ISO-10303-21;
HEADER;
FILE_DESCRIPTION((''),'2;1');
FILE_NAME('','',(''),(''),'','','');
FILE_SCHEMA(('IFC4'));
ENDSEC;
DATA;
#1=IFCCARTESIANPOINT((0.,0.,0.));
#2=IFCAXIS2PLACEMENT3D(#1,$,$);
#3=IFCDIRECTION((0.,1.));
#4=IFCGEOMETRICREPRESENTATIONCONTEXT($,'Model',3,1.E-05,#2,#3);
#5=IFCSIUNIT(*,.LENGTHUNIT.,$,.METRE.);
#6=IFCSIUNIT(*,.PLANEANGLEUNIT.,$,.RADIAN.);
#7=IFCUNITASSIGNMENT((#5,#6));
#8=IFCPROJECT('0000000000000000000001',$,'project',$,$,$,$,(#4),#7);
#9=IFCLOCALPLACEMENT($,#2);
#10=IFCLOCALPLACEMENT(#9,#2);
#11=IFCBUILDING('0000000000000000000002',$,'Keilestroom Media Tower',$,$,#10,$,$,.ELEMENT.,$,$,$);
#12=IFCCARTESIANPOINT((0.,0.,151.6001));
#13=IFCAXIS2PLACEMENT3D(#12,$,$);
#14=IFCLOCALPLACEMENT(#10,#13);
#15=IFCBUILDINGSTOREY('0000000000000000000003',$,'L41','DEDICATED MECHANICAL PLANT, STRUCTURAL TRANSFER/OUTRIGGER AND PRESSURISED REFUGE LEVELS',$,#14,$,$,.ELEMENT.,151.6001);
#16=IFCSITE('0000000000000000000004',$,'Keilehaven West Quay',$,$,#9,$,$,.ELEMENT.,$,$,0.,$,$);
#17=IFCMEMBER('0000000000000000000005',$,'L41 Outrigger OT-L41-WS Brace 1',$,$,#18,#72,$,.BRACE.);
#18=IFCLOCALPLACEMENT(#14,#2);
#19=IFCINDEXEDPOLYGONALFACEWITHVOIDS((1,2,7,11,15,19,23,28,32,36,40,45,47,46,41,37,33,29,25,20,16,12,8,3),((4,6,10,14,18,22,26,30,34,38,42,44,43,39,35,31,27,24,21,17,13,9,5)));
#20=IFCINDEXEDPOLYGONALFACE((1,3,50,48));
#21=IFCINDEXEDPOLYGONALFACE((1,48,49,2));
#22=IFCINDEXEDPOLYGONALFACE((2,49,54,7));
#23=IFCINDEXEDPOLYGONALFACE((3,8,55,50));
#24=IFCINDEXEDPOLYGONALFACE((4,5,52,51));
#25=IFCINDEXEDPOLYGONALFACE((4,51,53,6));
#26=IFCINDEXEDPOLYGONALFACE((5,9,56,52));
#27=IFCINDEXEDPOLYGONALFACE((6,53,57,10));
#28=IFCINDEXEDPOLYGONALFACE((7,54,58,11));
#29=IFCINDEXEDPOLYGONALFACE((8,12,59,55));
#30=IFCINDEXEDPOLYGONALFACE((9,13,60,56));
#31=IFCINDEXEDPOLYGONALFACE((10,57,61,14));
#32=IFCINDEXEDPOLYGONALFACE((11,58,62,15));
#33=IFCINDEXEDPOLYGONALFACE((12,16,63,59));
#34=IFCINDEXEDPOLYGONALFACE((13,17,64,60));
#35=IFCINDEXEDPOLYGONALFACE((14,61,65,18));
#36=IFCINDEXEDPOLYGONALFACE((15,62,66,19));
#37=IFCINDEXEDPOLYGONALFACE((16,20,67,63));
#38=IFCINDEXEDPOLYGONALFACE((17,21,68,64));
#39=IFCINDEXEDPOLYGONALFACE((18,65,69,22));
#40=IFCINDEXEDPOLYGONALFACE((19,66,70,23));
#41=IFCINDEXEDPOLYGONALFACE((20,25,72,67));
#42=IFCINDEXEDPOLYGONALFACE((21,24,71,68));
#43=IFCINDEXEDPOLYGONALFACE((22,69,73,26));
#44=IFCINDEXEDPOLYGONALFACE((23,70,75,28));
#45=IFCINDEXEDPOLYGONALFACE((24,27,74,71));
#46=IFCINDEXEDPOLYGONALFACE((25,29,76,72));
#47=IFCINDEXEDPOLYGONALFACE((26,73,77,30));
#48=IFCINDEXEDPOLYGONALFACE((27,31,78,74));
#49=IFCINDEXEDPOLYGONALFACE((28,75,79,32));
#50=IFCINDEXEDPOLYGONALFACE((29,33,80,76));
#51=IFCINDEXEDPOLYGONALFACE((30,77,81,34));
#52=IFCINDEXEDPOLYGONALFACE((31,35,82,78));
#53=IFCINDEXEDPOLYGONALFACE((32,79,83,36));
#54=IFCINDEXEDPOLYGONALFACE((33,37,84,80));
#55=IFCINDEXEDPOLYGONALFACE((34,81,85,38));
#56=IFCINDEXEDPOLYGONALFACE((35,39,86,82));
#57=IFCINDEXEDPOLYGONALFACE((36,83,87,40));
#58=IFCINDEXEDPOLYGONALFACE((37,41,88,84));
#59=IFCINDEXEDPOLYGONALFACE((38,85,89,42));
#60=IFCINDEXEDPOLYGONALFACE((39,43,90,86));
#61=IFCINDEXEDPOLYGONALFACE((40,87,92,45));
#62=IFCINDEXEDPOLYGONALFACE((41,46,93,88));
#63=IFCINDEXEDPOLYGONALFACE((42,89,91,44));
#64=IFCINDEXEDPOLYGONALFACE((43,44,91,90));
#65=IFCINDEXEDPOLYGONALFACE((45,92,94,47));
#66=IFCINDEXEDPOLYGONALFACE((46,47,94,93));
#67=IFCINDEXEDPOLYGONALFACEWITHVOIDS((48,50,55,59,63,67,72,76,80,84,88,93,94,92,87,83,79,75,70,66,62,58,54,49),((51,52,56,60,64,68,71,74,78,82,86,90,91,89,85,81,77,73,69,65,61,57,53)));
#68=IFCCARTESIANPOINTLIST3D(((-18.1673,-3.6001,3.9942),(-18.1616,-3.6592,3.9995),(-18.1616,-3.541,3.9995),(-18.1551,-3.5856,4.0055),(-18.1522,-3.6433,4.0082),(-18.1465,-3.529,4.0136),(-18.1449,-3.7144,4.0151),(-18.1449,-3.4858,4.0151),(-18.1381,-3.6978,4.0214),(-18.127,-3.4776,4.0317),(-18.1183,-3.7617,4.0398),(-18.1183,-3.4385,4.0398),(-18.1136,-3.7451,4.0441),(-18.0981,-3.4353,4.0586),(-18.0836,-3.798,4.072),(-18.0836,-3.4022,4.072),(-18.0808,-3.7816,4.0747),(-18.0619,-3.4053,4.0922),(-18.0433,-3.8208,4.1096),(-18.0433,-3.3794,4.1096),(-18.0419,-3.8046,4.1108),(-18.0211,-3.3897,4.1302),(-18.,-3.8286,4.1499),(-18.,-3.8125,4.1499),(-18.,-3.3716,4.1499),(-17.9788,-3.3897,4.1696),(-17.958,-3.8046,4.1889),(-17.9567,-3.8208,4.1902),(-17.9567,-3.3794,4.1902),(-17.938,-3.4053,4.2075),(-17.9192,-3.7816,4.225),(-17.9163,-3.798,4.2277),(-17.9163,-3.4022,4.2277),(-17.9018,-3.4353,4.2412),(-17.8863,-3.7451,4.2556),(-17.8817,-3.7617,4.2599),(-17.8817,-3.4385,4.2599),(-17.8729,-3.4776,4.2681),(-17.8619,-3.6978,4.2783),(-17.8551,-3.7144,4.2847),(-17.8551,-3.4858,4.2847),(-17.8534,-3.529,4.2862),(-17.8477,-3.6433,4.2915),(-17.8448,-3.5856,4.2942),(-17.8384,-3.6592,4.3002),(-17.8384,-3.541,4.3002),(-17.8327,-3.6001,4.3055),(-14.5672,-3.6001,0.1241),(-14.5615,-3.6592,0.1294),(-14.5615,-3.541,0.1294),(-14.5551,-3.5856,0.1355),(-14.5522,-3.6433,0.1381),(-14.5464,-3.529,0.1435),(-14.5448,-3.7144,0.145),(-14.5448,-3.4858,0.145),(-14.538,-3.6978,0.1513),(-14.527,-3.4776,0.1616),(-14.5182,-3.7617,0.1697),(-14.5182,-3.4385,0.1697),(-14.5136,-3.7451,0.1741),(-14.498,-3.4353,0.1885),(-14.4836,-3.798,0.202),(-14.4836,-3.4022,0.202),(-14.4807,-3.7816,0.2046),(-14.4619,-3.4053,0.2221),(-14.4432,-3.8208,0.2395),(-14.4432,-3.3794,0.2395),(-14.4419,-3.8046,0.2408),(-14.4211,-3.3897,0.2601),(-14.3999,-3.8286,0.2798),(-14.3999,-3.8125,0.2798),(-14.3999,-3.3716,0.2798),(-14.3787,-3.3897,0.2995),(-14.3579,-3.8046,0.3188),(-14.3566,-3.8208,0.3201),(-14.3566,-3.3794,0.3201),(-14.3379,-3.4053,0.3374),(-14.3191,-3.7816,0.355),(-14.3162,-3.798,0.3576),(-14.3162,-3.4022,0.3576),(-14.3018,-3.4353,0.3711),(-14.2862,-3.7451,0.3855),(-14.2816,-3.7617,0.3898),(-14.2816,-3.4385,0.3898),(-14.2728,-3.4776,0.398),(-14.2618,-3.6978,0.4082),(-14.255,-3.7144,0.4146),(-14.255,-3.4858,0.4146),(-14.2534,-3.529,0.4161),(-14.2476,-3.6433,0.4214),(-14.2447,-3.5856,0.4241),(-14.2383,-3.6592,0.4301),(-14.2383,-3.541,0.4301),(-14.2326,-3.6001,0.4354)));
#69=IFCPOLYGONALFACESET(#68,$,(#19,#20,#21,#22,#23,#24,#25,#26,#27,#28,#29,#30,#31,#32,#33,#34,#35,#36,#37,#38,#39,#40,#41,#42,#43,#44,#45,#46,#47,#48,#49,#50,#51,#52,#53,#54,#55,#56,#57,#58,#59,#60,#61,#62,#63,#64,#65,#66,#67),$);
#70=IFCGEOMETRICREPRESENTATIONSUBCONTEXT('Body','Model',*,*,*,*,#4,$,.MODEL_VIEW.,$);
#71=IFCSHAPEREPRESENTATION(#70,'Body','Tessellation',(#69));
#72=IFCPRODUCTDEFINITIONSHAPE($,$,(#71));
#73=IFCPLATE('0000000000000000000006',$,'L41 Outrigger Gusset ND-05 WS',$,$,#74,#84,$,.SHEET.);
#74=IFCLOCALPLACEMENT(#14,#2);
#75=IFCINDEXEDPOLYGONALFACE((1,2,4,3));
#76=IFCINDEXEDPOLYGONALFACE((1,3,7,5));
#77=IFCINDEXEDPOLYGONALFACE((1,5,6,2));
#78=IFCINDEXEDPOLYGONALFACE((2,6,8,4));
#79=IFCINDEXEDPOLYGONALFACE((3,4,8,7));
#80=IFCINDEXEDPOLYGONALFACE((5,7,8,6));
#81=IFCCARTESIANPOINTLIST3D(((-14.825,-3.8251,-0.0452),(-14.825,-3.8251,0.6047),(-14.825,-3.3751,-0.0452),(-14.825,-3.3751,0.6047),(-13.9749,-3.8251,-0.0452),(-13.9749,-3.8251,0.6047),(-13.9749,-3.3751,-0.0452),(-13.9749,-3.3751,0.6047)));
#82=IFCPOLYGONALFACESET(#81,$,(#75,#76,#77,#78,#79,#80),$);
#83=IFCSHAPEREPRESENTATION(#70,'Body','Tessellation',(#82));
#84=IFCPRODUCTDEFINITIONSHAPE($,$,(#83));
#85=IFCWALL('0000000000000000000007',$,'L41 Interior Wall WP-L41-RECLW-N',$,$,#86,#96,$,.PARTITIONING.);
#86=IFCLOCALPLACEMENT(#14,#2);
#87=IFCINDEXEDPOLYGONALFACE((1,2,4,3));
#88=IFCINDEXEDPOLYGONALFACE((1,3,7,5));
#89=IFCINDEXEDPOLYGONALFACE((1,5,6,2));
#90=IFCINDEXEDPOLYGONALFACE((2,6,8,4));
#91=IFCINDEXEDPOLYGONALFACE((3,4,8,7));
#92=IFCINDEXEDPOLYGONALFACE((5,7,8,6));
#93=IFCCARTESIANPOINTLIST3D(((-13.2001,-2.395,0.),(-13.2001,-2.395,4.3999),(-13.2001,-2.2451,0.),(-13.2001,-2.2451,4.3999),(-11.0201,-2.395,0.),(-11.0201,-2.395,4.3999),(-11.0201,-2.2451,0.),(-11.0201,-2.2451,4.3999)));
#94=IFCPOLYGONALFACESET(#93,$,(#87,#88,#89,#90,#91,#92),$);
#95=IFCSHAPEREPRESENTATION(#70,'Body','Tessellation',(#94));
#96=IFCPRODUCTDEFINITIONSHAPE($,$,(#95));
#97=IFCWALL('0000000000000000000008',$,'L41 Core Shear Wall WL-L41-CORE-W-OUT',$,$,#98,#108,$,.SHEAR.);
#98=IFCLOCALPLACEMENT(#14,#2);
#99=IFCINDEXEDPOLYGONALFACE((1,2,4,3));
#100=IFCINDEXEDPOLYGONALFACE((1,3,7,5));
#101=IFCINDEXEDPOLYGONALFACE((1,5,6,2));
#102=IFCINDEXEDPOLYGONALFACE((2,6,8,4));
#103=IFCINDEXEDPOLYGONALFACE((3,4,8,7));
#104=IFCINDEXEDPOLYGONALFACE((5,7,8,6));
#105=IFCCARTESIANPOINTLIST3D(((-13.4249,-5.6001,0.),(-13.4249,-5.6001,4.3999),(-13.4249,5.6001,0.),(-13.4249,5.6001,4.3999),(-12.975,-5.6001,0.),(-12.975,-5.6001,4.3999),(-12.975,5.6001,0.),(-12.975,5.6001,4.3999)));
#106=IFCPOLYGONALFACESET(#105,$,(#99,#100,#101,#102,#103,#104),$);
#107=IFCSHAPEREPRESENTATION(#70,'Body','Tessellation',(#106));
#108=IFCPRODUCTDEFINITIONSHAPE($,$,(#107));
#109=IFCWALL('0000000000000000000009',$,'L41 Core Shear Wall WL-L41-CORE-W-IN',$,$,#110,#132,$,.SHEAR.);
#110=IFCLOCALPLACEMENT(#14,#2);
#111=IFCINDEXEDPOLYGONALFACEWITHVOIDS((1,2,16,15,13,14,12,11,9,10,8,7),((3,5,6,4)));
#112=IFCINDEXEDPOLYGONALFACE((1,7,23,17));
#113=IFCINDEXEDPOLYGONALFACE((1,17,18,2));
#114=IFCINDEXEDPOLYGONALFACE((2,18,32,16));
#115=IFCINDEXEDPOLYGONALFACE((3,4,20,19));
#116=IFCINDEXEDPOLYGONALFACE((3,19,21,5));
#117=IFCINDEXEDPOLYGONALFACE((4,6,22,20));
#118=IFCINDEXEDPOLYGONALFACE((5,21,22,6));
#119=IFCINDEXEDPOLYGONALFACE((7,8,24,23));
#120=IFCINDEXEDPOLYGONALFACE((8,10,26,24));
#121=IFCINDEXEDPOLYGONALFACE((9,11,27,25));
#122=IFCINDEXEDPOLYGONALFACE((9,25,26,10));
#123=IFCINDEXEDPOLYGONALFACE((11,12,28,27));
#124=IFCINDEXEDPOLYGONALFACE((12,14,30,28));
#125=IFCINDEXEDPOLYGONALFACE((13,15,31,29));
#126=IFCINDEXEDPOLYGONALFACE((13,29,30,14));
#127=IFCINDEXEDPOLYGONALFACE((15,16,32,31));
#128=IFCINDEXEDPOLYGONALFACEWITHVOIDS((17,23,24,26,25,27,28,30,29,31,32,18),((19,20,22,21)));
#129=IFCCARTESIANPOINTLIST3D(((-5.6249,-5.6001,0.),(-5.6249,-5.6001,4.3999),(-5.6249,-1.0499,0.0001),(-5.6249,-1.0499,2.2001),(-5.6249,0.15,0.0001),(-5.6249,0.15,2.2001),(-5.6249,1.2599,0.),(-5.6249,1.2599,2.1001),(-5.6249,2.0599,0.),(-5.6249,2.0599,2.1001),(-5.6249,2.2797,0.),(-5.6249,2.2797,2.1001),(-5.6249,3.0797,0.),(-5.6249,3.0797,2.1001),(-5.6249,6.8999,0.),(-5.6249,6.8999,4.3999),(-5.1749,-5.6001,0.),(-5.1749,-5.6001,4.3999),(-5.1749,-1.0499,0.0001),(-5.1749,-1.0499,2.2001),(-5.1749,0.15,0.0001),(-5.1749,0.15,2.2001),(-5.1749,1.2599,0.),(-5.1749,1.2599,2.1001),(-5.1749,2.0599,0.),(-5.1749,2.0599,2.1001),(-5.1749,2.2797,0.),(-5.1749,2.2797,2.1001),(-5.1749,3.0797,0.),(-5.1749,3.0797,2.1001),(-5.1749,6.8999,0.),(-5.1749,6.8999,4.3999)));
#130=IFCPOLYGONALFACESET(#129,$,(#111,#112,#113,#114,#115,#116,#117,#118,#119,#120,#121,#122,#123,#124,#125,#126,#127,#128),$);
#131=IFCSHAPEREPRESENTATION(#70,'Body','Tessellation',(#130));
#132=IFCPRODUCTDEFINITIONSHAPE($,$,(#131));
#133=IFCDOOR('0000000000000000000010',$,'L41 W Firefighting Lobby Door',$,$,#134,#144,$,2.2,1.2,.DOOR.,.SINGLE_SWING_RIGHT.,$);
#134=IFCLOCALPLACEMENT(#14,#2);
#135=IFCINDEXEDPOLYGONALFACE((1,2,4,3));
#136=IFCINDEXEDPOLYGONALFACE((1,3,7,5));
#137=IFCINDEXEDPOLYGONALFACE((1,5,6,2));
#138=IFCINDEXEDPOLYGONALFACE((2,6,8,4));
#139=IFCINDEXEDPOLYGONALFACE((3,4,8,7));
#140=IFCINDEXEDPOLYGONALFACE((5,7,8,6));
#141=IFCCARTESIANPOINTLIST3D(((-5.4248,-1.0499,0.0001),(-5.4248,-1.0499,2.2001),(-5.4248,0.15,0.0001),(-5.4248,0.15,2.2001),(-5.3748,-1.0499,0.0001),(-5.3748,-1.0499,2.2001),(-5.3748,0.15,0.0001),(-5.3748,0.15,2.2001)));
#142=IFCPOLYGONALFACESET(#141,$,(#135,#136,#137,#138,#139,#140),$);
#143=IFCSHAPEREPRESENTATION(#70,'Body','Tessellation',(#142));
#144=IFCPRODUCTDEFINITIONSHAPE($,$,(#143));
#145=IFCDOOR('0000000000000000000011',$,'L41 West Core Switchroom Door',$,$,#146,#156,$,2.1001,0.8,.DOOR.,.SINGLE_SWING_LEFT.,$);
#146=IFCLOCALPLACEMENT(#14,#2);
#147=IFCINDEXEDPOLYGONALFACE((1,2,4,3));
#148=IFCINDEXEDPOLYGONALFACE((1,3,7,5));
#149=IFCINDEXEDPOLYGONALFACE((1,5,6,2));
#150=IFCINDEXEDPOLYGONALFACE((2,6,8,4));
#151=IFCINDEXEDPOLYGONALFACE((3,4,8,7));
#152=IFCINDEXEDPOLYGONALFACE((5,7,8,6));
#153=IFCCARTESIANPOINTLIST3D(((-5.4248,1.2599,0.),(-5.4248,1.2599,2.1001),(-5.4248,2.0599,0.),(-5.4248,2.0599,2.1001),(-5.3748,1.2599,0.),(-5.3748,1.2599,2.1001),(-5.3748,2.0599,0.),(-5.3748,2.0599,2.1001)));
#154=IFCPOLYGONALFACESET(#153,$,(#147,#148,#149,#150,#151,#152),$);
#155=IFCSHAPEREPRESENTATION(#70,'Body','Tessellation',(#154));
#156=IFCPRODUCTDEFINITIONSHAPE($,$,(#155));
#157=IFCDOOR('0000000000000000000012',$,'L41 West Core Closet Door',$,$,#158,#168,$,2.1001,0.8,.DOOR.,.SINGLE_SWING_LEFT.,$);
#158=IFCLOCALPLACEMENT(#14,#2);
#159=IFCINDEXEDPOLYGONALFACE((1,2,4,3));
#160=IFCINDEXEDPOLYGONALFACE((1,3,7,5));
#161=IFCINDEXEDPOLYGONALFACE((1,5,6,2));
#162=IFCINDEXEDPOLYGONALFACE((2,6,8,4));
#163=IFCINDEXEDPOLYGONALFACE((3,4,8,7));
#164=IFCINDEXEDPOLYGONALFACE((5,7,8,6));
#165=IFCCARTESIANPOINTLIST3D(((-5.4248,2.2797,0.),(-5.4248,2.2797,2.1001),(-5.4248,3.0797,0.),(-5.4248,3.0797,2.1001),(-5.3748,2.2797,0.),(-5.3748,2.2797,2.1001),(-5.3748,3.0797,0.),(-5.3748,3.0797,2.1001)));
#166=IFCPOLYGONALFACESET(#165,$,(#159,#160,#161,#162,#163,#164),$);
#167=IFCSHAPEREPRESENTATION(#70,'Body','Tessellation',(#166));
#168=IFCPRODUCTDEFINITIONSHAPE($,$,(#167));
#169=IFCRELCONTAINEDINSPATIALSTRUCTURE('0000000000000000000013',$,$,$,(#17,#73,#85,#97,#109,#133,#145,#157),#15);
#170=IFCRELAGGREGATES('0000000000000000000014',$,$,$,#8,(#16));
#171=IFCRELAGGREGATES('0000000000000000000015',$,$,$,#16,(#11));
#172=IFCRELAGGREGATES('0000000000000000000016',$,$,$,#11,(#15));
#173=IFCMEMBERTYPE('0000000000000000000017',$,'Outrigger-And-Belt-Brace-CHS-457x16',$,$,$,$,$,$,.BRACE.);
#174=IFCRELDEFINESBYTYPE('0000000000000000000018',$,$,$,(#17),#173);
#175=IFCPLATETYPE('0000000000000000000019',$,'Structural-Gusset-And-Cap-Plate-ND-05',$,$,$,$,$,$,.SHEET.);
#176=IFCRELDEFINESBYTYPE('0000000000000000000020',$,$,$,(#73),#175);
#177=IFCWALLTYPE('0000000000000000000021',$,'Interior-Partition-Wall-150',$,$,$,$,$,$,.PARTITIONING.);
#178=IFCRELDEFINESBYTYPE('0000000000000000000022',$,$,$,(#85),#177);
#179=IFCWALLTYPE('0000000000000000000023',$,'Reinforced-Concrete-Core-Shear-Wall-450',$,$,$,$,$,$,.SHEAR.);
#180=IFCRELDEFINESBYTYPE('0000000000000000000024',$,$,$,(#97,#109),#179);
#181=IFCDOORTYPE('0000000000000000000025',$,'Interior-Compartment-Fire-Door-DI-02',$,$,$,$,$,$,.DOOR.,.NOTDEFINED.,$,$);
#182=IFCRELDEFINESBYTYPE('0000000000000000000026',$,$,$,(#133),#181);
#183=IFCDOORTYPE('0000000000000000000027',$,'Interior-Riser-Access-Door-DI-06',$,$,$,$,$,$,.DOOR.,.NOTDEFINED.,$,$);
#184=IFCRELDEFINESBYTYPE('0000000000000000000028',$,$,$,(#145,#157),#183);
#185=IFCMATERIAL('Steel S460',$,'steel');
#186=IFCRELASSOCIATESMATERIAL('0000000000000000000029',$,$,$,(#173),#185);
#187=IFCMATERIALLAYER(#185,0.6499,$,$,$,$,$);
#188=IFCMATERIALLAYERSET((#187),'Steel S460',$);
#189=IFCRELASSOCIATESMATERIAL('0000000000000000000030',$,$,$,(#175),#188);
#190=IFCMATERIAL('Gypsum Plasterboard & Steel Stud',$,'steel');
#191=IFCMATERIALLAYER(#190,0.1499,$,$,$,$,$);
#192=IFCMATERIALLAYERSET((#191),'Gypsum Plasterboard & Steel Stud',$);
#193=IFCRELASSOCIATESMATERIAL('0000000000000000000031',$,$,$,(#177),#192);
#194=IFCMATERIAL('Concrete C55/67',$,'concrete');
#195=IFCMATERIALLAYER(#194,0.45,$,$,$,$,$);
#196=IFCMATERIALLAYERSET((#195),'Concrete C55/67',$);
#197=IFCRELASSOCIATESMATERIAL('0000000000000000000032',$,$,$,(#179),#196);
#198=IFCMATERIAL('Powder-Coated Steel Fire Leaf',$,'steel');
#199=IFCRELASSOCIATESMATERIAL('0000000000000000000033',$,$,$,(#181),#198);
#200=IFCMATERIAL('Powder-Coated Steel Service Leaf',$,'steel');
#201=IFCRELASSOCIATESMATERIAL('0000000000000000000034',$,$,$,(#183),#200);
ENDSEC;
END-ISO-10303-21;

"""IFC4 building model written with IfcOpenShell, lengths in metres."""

from ifc_helpers import new_model, si_unit, direction, frame, frame_2d, origin, origin_2d, place, context, subcontext, project, spatial, rectangle, hollow_circle, extrude, source, transform, mapped, material, layer, layer_set, material_profile, profile_set, type_object, element, fill, save


model = new_model("IFC4")

# Units and contexts
model_context = context("Model", 3, precision=1e-05, world=origin(), true_north=direction((0.0, 1.0)))
body_context = subcontext(model_context, "Body", "Model", "MODEL_VIEW")
ifc_project = project(units=[si_unit("LENGTHUNIT", "METRE"), si_unit("PLANEANGLEUNIT", "RADIAN")], contexts=[model_context])

# Site, building, storey
site_placement = place(None, origin())
site = spatial("IfcSite", under=ifc_project, at=site_placement, Name="Keilehaven West Quay", CompositionType="ELEMENT", RefElevation=0.0)
building_placement = place(site_placement, origin())
building = spatial("IfcBuilding", under=site, at=building_placement, Name="Keilestroom Media Tower", CompositionType="ELEMENT")
storey_placement = place(building_placement, frame((0.0, 0.0, 151.6001)))
storey = spatial("IfcBuildingStorey", under=building, at=storey_placement, Name="L41", Description="DEDICATED MECHANICAL PLANT, STRUCTURAL TRANSFER/OUTRIGGER AND PRESSURISED REFUGE LEVELS", CompositionType="ELEMENT", Elevation=151.6001)

# Member
ifc_material_1 = material(Name="Steel S460", Category="steel")
ifc_material_profile_1 = material_profile(ifc_material_1, hollow_circle(Radius=0.2285, WallThickness=0.0161, at=origin_2d()), Name="CHS 457x16")
ifc_profile_set_1 = profile_set([ifc_material_profile_1], Name="Steel S460")
member_type_1 = type_object("IfcMemberType", Name="Outrigger-And-Belt-Brace-CHS-457x16", PredefinedType="BRACE", material=ifc_profile_set_1)
shared_shape_1 = source(origin(), body_context, "Body", "SweptSolid", [
    extrude(hollow_circle(Radius=0.2285, WallThickness=0.0161, at=origin_2d()), origin(), (0.0, 0.0, 1.0), 5.2856),
])
member_1_placement = place(storey_placement, frame((-14.3999, -3.6001, 0.2798), z_axis=(-0.681103, 0.0, 0.732188), x_axis=(0.0, -1.0, 0.0)))
element("IfcMember", 1, at=member_1_placement, inside=storey, type_object=member_type_1, Name="L41 Outrigger OT-L41-WS Brace 1", PredefinedType="BRACE", context=body_context, shape_type="MappedRepresentation", body=[
    mapped(shared_shape_1, transform((0.0, 0.0, 0.0), x_axis=(1.0, 0.0, 0.0), y_axis=(0.0, 1.0, 0.0), z_axis=(0.0, 0.0, 1.0), scale=1.0)),
])

# Plate
ifc_layer_1 = layer(ifc_material_1, 0.6499)
ifc_layer_set_1 = layer_set([ifc_layer_1], Name="Steel S460")
plate_type = type_object("IfcPlateType", Name="Structural-Gusset-And-Cap-Plate-ND-05", PredefinedType="SHEET", material=ifc_layer_set_1)
shared_shape_2 = source(origin(), body_context, "Body", "SweptSolid", [
    extrude(rectangle(XDim=0.8501, YDim=0.45, at=origin_2d()), origin(), (0.0, 0.0, 1.0), 0.6499),
])
plate_placement = place(storey_placement, frame((-14.3999, -3.6001, -0.0452), z_axis=(0.0, 0.0, 1.0), x_axis=(1.0, 0.0, 0.0)))
element("IfcPlate", 2, at=plate_placement, inside=storey, type_object=plate_type, Name="L41 Outrigger Gusset ND-05 WS", PredefinedType="SHEET", context=body_context, shape_type="MappedRepresentation", body=[
    mapped(shared_shape_2, transform((0.0, 0.0, 0.0), x_axis=(1.0, 0.0, 0.0), y_axis=(0.0, 1.0, 0.0), z_axis=(0.0, 0.0, 1.0), scale=1.0)),
])

# Walls
ifc_material_2 = material(Name="Gypsum Plasterboard & Steel Stud", Category="steel")
ifc_layer_2 = layer(ifc_material_2, 0.1499)
ifc_layer_set_2 = layer_set([ifc_layer_2], Name="Gypsum Plasterboard & Steel Stud")
wall_type_1 = type_object("IfcWallType", Name="Interior-Partition-Wall-150", PredefinedType="PARTITIONING", material=ifc_layer_set_2)
wall_1_placement = place(storey_placement, frame((-13.2, -2.3201, 0.0), z_axis=(0.0, 0.0, 1.0), x_axis=(1.0, 0.0, 0.0)))
element("IfcWall", 3, at=wall_1_placement, inside=storey, type_object=wall_type_1, Name="L41 Interior Wall WP-L41-RECLW-N", PredefinedType="PARTITIONING", context=body_context, shape_type="SweptSolid", body=[
    extrude(rectangle(XDim=2.1799, YDim=0.1499, at=frame_2d((1.0898, 0.0))), origin(), (0.0, 0.0, 1.0), 4.3999),
])
ifc_material_3 = material(Name="Concrete C55/67", Category="concrete")
ifc_layer_3 = layer(ifc_material_3, 0.45)
ifc_layer_set_3 = layer_set([ifc_layer_3], Name="Concrete C55/67")
wall_type_2 = type_object("IfcWallType", Name="Reinforced-Concrete-Core-Shear-Wall-450", PredefinedType="SHEAR", material=ifc_layer_set_3)
wall_2_placement = place(storey_placement, frame((-13.2, -5.6001, 0.0), z_axis=(0.0, 0.0, 1.0), x_axis=(0.0, 1.0, 0.0)))
element("IfcWall", 4, at=wall_2_placement, inside=storey, type_object=wall_type_2, Name="L41 Core Shear Wall WL-L41-CORE-W-OUT", PredefinedType="SHEAR", context=body_context, shape_type="SweptSolid", body=[
    extrude(rectangle(XDim=11.2002, YDim=0.45, at=frame_2d((5.6001, 0.0))), origin(), (0.0, 0.0, 1.0), 4.3999),
])

# Wall, openings, doors
wall_3_placement = place(storey_placement, frame((-5.3999, -5.6001, 0.0), z_axis=(0.0, 0.0, 1.0), x_axis=(0.0, 1.0, 0.0)))
wall_3 = element("IfcWall", 5, at=wall_3_placement, inside=storey, type_object=wall_type_2, Name="L41 Core Shear Wall WL-L41-CORE-W-IN", PredefinedType="SHEAR", context=body_context, shape_type="SweptSolid", body=[
    extrude(rectangle(XDim=12.5, YDim=0.45, at=frame_2d((6.25, 0.0))), origin(), (0.0, 0.0, 1.0), 4.3999),
])
opening_1_placement = place(wall_3_placement, frame((4.55, 0.0, 0.0)))
opening_1 = element("IfcOpeningElement", 6, at=opening_1_placement, cuts=wall_3, PredefinedType="OPENING", context=body_context, shape_type="SweptSolid", body=[
    extrude(rectangle(XDim=1.2, YDim=2.2, at=frame_2d((0.6001, 1.1001))), frame((0.0, 0.2349, 0.0), z_axis=(0.0, -1.0, 0.0), x_axis=(1.0, 0.0, 0.0)), (0.0, 0.0, 1.0), 0.47),
])
opening_2_placement = place(wall_3_placement, frame((6.8601, 0.0, 0.0)))
opening_2 = element("IfcOpeningElement", 7, at=opening_2_placement, cuts=wall_3, PredefinedType="OPENING", context=body_context, shape_type="SweptSolid", body=[
    extrude(rectangle(XDim=0.8, YDim=2.1001, at=frame_2d((0.3999, 1.05))), frame((0.0, 0.2349, 0.0), z_axis=(0.0, -1.0, 0.0), x_axis=(1.0, 0.0, 0.0)), (0.0, 0.0, 1.0), 0.47),
])
opening_3_placement = place(wall_3_placement, frame((7.8799, 0.0, 0.0)))
opening_3 = element("IfcOpeningElement", 8, at=opening_3_placement, cuts=wall_3, PredefinedType="OPENING", context=body_context, shape_type="SweptSolid", body=[
    extrude(rectangle(XDim=0.8, YDim=2.1001, at=frame_2d((0.3999, 1.05))), frame((0.0, 0.2349, 0.0), z_axis=(0.0, -1.0, 0.0), x_axis=(1.0, 0.0, 0.0)), (0.0, 0.0, 1.0), 0.47),
])
ifc_material_4 = material(Name="Powder-Coated Steel Fire Leaf", Category="steel")
door_type_1 = type_object("IfcDoorType", Name="Interior-Compartment-Fire-Door-DI-02", OperationType="NOTDEFINED", PredefinedType="DOOR", material=ifc_material_4)
shared_shape_3 = source(origin(), body_context, "Body", "SweptSolid", [
    extrude(rectangle(XDim=1.2, YDim=2.2, at=frame_2d((0.6001, 1.1001))), frame((0.0, 0.0249, 0.0), z_axis=(0.0, -1.0, 0.0), x_axis=(1.0, 0.0, 0.0)), (0.0, 0.0, 1.0), 0.05),
])
door_1_placement = place(opening_1_placement, origin())
door_1 = element("IfcDoor", 9, at=door_1_placement, inside=storey, type_object=door_type_1, Name="L41 W Firefighting Lobby Door", OperationType="SINGLE_SWING_RIGHT", OverallHeight=2.2, OverallWidth=1.2, PredefinedType="DOOR", context=body_context, shape_type="MappedRepresentation", body=[
    mapped(shared_shape_3, transform((0.0, 0.0, 0.0), x_axis=(1.0, 0.0, 0.0), y_axis=(0.0, 1.0, 0.0), z_axis=(0.0, 0.0, 1.0), scale=1.0)),
])
fill(opening_1, door_1)
ifc_material_5 = material(Name="Powder-Coated Steel Service Leaf", Category="steel")
door_type_2 = type_object("IfcDoorType", Name="Interior-Riser-Access-Door-DI-06", OperationType="NOTDEFINED", PredefinedType="DOOR", material=ifc_material_5)
shared_shape_4 = source(origin(), body_context, "Body", "SweptSolid", [
    extrude(rectangle(XDim=0.8, YDim=2.1001, at=frame_2d((0.3999, 1.05))), frame((0.0, 0.0249, 0.0), z_axis=(0.0, -1.0, 0.0), x_axis=(1.0, 0.0, 0.0)), (0.0, 0.0, 1.0), 0.05),
])
door_2_placement = place(opening_2_placement, origin())
door_2 = element("IfcDoor", 10, at=door_2_placement, inside=storey, type_object=door_type_2, Name="L41 West Core Switchroom Door", OperationType="SINGLE_SWING_LEFT", OverallHeight=2.1001, OverallWidth=0.8, PredefinedType="DOOR", context=body_context, shape_type="MappedRepresentation", body=[
    mapped(shared_shape_4, transform((0.0, 0.0, 0.0), x_axis=(1.0, 0.0, 0.0), y_axis=(0.0, 1.0, 0.0), z_axis=(0.0, 0.0, 1.0), scale=1.0)),
])
fill(opening_2, door_2)
door_3_placement = place(opening_3_placement, origin())
door_3 = element("IfcDoor", 11, at=door_3_placement, inside=storey, type_object=door_type_2, Name="L41 West Core Closet Door", OperationType="SINGLE_SWING_LEFT", OverallHeight=2.1001, OverallWidth=0.8, PredefinedType="DOOR", context=body_context, shape_type="MappedRepresentation", body=[
    mapped(shared_shape_4, transform((0.0, 0.0, 0.0), x_axis=(1.0, 0.0, 0.0), y_axis=(0.0, 1.0, 0.0), z_axis=(0.0, 0.0, 1.0), scale=1.0)),
])
fill(opening_3, door_3)

save(model, "model.ifc")
